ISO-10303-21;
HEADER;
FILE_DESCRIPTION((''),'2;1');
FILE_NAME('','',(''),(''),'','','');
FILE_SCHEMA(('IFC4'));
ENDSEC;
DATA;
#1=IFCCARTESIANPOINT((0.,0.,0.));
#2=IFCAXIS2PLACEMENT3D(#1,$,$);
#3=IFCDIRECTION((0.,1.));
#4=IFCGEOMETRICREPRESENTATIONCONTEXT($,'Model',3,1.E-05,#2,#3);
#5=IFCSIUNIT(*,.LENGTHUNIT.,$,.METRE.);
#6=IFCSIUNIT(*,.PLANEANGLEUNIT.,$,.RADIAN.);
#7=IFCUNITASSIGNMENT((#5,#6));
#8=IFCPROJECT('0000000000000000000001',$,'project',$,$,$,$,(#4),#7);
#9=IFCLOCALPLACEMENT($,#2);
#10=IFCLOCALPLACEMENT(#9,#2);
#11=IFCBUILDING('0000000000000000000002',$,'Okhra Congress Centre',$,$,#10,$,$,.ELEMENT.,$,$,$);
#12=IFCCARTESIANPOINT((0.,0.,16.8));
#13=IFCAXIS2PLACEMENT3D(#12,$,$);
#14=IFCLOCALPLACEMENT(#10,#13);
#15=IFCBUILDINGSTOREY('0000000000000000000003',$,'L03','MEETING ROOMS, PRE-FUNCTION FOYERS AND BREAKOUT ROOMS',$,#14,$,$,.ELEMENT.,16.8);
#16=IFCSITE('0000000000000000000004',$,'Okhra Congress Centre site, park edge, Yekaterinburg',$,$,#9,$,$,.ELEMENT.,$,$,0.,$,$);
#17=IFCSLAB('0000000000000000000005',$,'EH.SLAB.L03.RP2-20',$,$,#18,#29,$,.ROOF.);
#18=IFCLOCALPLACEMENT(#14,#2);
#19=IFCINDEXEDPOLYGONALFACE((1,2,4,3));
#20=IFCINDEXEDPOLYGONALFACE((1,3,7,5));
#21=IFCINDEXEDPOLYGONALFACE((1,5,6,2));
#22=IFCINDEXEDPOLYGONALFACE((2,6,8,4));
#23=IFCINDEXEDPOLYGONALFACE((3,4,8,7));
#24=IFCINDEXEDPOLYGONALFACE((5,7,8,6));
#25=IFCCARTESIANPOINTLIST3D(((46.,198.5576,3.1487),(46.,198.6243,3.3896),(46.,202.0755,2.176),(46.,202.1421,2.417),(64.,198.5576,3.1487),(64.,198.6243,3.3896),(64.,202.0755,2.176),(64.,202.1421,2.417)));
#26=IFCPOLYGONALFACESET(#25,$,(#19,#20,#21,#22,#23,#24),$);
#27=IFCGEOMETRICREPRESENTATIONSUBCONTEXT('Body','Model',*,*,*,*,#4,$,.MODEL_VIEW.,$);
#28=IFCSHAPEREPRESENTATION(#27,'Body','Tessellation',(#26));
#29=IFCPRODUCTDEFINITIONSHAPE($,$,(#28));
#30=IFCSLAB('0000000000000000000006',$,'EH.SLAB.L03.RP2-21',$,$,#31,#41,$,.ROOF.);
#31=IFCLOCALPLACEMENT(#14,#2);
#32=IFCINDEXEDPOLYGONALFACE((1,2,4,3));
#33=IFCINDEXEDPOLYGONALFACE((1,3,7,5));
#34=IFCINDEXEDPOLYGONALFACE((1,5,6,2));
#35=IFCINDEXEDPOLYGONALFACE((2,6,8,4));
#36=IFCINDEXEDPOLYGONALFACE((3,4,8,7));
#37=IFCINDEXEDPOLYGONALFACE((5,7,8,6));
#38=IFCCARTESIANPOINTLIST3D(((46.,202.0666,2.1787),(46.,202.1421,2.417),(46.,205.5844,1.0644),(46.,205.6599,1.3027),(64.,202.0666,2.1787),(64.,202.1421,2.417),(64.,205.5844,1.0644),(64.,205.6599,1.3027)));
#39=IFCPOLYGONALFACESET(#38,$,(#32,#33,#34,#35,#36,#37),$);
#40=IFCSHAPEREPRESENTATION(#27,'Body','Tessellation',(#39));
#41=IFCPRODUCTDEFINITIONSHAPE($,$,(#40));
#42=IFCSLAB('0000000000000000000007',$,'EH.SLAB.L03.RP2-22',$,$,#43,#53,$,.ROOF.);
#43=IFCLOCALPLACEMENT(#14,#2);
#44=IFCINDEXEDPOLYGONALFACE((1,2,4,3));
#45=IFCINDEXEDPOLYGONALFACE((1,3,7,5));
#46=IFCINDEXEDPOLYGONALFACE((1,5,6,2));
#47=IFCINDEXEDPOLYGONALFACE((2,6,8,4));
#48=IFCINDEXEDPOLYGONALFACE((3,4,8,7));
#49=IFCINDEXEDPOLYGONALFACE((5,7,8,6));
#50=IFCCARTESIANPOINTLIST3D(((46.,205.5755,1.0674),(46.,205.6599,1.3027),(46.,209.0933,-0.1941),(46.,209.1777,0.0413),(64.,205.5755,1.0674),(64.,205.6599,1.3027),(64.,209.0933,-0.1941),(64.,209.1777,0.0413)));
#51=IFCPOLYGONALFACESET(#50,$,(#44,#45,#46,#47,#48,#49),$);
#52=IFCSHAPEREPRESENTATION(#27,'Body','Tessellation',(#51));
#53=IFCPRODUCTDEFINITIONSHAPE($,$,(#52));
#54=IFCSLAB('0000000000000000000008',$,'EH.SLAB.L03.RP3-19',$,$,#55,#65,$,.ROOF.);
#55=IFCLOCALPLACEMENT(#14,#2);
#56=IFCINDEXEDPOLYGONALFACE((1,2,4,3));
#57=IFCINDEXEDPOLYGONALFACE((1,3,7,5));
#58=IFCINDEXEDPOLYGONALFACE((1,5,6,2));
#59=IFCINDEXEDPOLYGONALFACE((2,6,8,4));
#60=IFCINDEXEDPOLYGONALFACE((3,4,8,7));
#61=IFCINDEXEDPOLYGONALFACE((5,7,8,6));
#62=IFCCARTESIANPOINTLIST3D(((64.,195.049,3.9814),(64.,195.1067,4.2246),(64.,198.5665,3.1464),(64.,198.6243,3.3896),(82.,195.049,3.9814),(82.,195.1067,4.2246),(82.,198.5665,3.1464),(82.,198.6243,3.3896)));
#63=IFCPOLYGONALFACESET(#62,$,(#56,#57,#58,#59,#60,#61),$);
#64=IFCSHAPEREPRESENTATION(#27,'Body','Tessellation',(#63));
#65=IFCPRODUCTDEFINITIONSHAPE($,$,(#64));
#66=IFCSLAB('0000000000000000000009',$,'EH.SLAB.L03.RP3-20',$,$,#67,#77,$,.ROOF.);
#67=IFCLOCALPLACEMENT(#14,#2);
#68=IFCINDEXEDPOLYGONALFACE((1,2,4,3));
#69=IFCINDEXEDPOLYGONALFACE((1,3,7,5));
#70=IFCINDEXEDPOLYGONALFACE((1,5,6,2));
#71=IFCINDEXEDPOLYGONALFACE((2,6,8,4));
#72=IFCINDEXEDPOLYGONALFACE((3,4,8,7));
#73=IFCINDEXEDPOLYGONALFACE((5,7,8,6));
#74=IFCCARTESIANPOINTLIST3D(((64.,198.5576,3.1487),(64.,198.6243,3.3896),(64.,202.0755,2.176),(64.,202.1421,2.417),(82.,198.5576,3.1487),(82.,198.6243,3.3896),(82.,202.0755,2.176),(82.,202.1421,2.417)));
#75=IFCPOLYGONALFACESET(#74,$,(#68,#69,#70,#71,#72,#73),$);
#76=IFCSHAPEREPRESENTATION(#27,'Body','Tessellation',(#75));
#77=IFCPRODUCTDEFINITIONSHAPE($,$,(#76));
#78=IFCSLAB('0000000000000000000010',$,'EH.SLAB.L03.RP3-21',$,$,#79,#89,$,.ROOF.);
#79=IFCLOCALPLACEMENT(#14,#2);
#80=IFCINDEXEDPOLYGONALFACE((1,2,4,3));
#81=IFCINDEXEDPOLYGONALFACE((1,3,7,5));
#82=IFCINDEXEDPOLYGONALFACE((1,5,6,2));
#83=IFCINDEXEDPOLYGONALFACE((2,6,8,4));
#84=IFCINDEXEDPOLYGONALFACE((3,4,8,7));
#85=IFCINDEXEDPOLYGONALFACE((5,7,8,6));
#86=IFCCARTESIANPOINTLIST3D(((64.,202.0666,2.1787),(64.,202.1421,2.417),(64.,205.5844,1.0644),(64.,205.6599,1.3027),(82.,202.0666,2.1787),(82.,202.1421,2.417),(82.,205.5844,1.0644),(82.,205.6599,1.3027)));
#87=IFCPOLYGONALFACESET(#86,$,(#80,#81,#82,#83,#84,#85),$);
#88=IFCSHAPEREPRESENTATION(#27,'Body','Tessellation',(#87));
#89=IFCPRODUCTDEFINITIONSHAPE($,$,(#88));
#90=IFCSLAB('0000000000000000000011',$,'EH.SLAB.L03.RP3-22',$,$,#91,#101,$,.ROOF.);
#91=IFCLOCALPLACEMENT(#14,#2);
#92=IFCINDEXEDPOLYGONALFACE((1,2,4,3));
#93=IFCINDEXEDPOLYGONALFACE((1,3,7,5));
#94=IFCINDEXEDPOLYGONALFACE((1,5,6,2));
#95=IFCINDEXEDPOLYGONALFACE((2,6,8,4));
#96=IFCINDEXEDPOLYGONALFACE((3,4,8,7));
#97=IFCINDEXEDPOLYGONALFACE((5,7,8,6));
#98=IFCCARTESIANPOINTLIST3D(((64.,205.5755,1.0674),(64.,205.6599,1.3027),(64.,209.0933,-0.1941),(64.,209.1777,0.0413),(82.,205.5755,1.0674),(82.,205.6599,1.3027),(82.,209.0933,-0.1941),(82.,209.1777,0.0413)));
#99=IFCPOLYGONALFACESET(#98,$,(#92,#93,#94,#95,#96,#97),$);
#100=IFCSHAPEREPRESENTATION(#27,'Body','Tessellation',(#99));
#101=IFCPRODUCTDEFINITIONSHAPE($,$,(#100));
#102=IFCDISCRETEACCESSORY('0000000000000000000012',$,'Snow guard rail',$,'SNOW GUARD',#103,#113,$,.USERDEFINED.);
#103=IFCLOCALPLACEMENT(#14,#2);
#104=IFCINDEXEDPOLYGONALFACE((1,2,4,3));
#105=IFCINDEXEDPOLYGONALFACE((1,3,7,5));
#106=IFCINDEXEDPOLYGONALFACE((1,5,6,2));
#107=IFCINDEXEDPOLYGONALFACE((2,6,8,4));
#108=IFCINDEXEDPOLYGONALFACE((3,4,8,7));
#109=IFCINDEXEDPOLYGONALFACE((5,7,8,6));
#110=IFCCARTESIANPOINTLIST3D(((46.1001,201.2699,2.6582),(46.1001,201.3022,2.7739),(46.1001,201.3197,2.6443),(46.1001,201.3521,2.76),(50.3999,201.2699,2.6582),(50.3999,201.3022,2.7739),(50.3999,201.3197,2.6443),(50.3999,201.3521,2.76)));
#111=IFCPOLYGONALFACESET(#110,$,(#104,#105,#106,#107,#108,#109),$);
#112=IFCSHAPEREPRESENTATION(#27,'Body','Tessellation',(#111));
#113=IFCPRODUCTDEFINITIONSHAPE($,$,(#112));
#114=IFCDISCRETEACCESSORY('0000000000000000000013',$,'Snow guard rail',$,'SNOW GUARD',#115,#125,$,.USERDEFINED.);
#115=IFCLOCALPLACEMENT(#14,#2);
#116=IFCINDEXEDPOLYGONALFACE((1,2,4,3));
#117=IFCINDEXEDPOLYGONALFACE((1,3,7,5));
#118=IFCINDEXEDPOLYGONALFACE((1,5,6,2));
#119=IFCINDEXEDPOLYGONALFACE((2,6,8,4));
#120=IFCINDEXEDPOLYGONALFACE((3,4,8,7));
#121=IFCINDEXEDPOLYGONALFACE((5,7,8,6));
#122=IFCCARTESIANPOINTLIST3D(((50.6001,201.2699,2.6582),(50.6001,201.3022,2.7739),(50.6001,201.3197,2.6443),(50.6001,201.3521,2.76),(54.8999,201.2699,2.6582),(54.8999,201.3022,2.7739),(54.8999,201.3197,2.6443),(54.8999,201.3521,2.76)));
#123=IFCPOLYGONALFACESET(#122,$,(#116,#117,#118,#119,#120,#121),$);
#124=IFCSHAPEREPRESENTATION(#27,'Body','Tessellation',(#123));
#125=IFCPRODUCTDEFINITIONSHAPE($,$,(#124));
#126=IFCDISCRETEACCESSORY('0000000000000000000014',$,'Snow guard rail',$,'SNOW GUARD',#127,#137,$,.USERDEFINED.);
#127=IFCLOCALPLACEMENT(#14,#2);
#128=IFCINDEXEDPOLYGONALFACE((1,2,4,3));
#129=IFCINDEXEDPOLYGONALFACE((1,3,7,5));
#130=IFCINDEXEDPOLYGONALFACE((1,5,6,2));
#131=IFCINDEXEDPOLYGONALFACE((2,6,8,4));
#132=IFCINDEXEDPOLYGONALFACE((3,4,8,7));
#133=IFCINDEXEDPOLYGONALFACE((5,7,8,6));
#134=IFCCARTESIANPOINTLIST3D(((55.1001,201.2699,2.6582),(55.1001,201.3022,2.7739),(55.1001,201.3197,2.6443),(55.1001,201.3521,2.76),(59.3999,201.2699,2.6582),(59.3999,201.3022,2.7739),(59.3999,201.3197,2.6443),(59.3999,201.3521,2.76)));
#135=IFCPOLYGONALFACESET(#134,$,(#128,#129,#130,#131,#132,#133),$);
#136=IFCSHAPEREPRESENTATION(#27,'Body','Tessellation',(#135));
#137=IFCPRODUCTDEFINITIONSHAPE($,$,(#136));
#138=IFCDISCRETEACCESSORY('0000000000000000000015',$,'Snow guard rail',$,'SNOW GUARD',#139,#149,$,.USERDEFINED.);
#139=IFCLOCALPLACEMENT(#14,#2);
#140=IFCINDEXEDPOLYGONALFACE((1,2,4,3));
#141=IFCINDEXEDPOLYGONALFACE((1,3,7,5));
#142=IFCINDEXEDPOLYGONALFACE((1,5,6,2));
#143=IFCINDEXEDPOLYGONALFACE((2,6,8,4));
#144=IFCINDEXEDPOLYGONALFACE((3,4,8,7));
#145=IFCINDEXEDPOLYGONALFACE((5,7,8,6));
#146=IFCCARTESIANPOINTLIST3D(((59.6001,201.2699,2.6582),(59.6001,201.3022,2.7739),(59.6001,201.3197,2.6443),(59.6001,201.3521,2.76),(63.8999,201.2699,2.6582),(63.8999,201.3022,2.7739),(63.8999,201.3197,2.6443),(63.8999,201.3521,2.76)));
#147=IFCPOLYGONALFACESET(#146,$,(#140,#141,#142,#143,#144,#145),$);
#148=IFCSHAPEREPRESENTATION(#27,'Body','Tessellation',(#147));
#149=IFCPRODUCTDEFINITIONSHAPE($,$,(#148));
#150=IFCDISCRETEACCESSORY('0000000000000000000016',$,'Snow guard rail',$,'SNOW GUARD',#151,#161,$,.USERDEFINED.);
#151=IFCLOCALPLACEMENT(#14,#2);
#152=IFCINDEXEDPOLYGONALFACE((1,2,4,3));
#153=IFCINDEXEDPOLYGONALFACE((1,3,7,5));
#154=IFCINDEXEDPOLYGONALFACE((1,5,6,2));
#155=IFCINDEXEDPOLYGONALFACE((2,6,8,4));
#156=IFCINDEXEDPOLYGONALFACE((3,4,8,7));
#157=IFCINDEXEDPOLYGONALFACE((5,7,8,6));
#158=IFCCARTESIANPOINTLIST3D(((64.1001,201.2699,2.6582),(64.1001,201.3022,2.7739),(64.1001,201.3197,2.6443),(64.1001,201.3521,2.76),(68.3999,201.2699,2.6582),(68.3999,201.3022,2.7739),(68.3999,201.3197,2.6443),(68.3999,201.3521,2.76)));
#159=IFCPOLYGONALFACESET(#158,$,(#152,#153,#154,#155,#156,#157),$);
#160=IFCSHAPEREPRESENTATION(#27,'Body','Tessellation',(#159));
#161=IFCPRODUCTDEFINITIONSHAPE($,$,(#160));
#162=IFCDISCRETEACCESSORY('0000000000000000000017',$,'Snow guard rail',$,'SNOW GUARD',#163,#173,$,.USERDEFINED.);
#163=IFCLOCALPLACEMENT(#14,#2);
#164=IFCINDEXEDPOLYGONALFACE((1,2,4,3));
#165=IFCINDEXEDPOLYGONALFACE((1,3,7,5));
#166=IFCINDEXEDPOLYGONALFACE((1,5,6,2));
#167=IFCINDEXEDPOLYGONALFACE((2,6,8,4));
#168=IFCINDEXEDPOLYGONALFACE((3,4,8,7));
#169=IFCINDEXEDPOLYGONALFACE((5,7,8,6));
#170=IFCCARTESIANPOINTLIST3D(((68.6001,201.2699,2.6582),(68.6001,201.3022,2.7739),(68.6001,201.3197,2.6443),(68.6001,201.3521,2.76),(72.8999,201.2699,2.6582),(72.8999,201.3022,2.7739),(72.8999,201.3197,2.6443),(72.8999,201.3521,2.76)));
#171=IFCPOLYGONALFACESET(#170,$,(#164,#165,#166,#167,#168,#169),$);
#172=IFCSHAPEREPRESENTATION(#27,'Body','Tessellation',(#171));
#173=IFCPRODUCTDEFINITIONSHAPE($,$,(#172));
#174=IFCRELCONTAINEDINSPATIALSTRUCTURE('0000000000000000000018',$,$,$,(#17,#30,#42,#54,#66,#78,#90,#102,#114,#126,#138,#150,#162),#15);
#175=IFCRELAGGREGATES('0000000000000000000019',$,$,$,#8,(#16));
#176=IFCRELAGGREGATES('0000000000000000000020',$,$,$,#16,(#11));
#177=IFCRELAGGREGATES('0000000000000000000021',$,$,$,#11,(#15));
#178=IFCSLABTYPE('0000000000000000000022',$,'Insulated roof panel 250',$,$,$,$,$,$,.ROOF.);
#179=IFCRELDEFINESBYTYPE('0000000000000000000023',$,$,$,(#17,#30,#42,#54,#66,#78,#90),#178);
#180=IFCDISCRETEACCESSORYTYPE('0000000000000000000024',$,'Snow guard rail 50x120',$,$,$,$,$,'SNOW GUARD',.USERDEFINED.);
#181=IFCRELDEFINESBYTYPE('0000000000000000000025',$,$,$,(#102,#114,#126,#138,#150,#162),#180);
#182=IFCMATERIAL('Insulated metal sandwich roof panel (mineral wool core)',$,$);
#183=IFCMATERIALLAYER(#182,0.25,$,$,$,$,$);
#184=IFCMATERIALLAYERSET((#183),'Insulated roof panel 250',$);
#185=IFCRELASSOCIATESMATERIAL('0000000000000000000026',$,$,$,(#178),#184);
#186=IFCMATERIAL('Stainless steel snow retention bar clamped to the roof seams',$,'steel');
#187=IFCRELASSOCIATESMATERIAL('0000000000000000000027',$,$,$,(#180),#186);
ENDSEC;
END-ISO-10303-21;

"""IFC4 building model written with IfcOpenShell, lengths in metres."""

from ifc_helpers import new_model, si_unit, direction, frame, origin, place, context, subcontext, project, spatial, polyline, outline, extrude, material, layer, layer_set, type_object, element, save


model = new_model("IFC4")

# Units and contexts
model_context = context("Model", 3, precision=1e-05, world=origin(), true_north=direction((0.0, 1.0)))
body_context = subcontext(model_context, "Body", "Model", "MODEL_VIEW")
ifc_project = project(units=[si_unit("LENGTHUNIT", "METRE"), si_unit("PLANEANGLEUNIT", "RADIAN")], contexts=[model_context])

# Site, building, storey
site_placement = place(None, origin())
site = spatial("IfcSite", under=ifc_project, at=site_placement, Name="Okhra Congress Centre site, park edge, Yekaterinburg", CompositionType="ELEMENT", RefElevation=0.0)
building_placement = place(site_placement, origin())
building = spatial("IfcBuilding", under=site, at=building_placement, Name="Okhra Congress Centre", CompositionType="ELEMENT")
storey_placement = place(building_placement, frame((0.0, 0.0, 16.8)))
storey = spatial("IfcBuildingStorey", under=building, at=storey_placement, Name="L03", Description="MEETING ROOMS, PRE-FUNCTION FOYERS AND BREAKOUT ROOMS", CompositionType="ELEMENT", Elevation=16.8)

# Slabs
ifc_material_1 = material(Name="Insulated metal sandwich roof panel (mineral wool core)")
ifc_layer = layer(ifc_material_1, 0.25)
ifc_layer_set = layer_set([ifc_layer], Name="Insulated roof panel 250")
slab_type = type_object("IfcSlabType", Name="Insulated roof panel 250", PredefinedType="ROOF", material=ifc_layer_set)
slab_1_placement = place(storey_placement, frame((46.0, 198.6243, 3.3896), z_axis=(0.0, 0.266495, 0.963836), x_axis=(1.0, 0.0, 0.0)))
element("IfcSlab", 1, at=slab_1_placement, inside=storey, type_object=slab_type, Name="EH.SLAB.L03.RP2-20", PredefinedType="ROOF", context=body_context, shape_type="SweptSolid", body=[
    extrude(outline(polyline([(0.0, 0.0), (18.0, 0.0), (18.0, 3.6498), (0.0, 3.6498), (0.0, 0.0)])), origin(), (0.0, 0.0, -1.0), 0.25),
])
slab_2_placement = place(storey_placement, frame((46.0, 202.1421, 2.417), z_axis=(0.0, 0.301961, 0.95332), x_axis=(1.0, 0.0, 0.0)))
element("IfcSlab", 2, at=slab_2_placement, inside=storey, type_object=slab_type, Name="EH.SLAB.L03.RP2-21", PredefinedType="ROOF", context=body_context, shape_type="SweptSolid", body=[
    extrude(outline(polyline([(0.0, 0.0), (18.0, 0.0), (18.0, 3.6901), (0.0, 3.6901), (0.0, 0.0)])), origin(), (0.0, 0.0, -1.0), 0.25),
])
slab_3_placement = place(storey_placement, frame((46.0, 205.6599, 1.3027), z_axis=(0.0, 0.337549, 0.941308), x_axis=(1.0, 0.0, 0.0)))
element("IfcSlab", 3, at=slab_3_placement, inside=storey, type_object=slab_type, Name="EH.SLAB.L03.RP2-22", PredefinedType="ROOF", context=body_context, shape_type="SweptSolid", body=[
    extrude(outline(polyline([(0.0, 0.0), (18.0, 0.0), (18.0, 3.7372), (0.0, 3.7372), (0.0, 0.0)])), origin(), (0.0, 0.0, -1.0), 0.25),
])
slab_4_placement = place(storey_placement, frame((64.0, 195.1067, 4.2246), z_axis=(0.0, 0.230951, 0.972965), x_axis=(1.0, 0.0, 0.0)))
element("IfcSlab", 4, at=slab_4_placement, inside=storey, type_object=slab_type, Name="EH.SLAB.L03.RP3-19", PredefinedType="ROOF", context=body_context, shape_type="SweptSolid", body=[
    extrude(outline(polyline([(0.0, 0.0), (18.0, 0.0), (18.0, 3.6153), (0.0, 3.6153), (0.0, 0.0)])), origin(), (0.0, 0.0, -1.0), 0.25),
])
slab_5_placement = place(storey_placement, frame((64.0, 198.6243, 3.3896), z_axis=(0.0, 0.266495, 0.963836), x_axis=(1.0, 0.0, 0.0)))
element("IfcSlab", 5, at=slab_5_placement, inside=storey, type_object=slab_type, Name="EH.SLAB.L03.RP3-20", PredefinedType="ROOF", context=body_context, shape_type="SweptSolid", body=[
    extrude(outline(polyline([(0.0, 0.0), (18.0, 0.0), (18.0, 3.6498), (0.0, 3.6498), (0.0, 0.0)])), origin(), (0.0, 0.0, -1.0), 0.25),
])
slab_6_placement = place(storey_placement, frame((64.0, 202.1421, 2.417), z_axis=(0.0, 0.301961, 0.95332), x_axis=(1.0, 0.0, 0.0)))
element("IfcSlab", 6, at=slab_6_placement, inside=storey, type_object=slab_type, Name="EH.SLAB.L03.RP3-21", PredefinedType="ROOF", context=body_context, shape_type="SweptSolid", body=[
    extrude(outline(polyline([(0.0, 0.0), (18.0, 0.0), (18.0, 3.6901), (0.0, 3.6901), (0.0, 0.0)])), origin(), (0.0, 0.0, -1.0), 0.25),
])
slab_7_placement = place(storey_placement, frame((64.0, 205.6599, 1.3027), z_axis=(0.0, 0.337549, 0.941308), x_axis=(1.0, 0.0, 0.0)))
element("IfcSlab", 7, at=slab_7_placement, inside=storey, type_object=slab_type, Name="EH.SLAB.L03.RP3-22", PredefinedType="ROOF", context=body_context, shape_type="SweptSolid", body=[
    extrude(outline(polyline([(0.0, 0.0), (18.0, 0.0), (18.0, 3.7372), (0.0, 3.7372), (0.0, 0.0)])), origin(), (0.0, 0.0, -1.0), 0.25),
])

# Discrete accessories
ifc_material_2 = material(Name="Stainless steel snow retention bar clamped to the roof seams", Category="steel")
discrete_accessory_type = type_object("IfcDiscreteAccessoryType", Name="Snow guard rail 50x120", ElementType="SNOW GUARD", PredefinedType="USERDEFINED", material=ifc_material_2)
for number, where, z_axis, x_axis, name in (
    (8, (46.1001, 201.3022, 2.7739), (0.0, 0.269105, 0.963111), (1.0, 0.0, 0.0), "Snow guard rail"),
    (9, (50.6001, 201.3022, 2.7739), (0.0, 0.269105, 0.963111), (1.0, 0.0, 0.0), "Snow guard rail"),
    (10, (55.1001, 201.3022, 2.7739), (0.0, 0.269105, 0.963111), (1.0, 0.0, 0.0), "Snow guard rail"),
    (11, (59.6001, 201.3022, 2.7739), (0.0, 0.269105, 0.963111), (1.0, 0.0, 0.0), "Snow guard rail"),
    (12, (64.1001, 201.3022, 2.7739), (0.0, 0.269105, 0.963111), (1.0, 0.0, 0.0), "Snow guard rail"),
    (13, (68.6001, 201.3022, 2.7739), (0.0, 0.269105, 0.963111), (1.0, 0.0, 0.0), "Snow guard rail"),
):
    element("IfcDiscreteAccessory", number, at=place(storey_placement, frame(where, z_axis=z_axis, x_axis=x_axis)), inside=storey, type_object=discrete_accessory_type, Name=name, ObjectType="SNOW GUARD", PredefinedType="USERDEFINED", context=body_context, shape_type="SweptSolid", body=[
        extrude(outline(polyline([(0.0, 0.0), (4.2998, 0.0), (4.2998, 0.0517), (0.0, 0.0517), (0.0, 0.0)])), origin(), (0.0, 0.0, -1.0), 0.1201),
    ])

save(model, "model.ifc")
